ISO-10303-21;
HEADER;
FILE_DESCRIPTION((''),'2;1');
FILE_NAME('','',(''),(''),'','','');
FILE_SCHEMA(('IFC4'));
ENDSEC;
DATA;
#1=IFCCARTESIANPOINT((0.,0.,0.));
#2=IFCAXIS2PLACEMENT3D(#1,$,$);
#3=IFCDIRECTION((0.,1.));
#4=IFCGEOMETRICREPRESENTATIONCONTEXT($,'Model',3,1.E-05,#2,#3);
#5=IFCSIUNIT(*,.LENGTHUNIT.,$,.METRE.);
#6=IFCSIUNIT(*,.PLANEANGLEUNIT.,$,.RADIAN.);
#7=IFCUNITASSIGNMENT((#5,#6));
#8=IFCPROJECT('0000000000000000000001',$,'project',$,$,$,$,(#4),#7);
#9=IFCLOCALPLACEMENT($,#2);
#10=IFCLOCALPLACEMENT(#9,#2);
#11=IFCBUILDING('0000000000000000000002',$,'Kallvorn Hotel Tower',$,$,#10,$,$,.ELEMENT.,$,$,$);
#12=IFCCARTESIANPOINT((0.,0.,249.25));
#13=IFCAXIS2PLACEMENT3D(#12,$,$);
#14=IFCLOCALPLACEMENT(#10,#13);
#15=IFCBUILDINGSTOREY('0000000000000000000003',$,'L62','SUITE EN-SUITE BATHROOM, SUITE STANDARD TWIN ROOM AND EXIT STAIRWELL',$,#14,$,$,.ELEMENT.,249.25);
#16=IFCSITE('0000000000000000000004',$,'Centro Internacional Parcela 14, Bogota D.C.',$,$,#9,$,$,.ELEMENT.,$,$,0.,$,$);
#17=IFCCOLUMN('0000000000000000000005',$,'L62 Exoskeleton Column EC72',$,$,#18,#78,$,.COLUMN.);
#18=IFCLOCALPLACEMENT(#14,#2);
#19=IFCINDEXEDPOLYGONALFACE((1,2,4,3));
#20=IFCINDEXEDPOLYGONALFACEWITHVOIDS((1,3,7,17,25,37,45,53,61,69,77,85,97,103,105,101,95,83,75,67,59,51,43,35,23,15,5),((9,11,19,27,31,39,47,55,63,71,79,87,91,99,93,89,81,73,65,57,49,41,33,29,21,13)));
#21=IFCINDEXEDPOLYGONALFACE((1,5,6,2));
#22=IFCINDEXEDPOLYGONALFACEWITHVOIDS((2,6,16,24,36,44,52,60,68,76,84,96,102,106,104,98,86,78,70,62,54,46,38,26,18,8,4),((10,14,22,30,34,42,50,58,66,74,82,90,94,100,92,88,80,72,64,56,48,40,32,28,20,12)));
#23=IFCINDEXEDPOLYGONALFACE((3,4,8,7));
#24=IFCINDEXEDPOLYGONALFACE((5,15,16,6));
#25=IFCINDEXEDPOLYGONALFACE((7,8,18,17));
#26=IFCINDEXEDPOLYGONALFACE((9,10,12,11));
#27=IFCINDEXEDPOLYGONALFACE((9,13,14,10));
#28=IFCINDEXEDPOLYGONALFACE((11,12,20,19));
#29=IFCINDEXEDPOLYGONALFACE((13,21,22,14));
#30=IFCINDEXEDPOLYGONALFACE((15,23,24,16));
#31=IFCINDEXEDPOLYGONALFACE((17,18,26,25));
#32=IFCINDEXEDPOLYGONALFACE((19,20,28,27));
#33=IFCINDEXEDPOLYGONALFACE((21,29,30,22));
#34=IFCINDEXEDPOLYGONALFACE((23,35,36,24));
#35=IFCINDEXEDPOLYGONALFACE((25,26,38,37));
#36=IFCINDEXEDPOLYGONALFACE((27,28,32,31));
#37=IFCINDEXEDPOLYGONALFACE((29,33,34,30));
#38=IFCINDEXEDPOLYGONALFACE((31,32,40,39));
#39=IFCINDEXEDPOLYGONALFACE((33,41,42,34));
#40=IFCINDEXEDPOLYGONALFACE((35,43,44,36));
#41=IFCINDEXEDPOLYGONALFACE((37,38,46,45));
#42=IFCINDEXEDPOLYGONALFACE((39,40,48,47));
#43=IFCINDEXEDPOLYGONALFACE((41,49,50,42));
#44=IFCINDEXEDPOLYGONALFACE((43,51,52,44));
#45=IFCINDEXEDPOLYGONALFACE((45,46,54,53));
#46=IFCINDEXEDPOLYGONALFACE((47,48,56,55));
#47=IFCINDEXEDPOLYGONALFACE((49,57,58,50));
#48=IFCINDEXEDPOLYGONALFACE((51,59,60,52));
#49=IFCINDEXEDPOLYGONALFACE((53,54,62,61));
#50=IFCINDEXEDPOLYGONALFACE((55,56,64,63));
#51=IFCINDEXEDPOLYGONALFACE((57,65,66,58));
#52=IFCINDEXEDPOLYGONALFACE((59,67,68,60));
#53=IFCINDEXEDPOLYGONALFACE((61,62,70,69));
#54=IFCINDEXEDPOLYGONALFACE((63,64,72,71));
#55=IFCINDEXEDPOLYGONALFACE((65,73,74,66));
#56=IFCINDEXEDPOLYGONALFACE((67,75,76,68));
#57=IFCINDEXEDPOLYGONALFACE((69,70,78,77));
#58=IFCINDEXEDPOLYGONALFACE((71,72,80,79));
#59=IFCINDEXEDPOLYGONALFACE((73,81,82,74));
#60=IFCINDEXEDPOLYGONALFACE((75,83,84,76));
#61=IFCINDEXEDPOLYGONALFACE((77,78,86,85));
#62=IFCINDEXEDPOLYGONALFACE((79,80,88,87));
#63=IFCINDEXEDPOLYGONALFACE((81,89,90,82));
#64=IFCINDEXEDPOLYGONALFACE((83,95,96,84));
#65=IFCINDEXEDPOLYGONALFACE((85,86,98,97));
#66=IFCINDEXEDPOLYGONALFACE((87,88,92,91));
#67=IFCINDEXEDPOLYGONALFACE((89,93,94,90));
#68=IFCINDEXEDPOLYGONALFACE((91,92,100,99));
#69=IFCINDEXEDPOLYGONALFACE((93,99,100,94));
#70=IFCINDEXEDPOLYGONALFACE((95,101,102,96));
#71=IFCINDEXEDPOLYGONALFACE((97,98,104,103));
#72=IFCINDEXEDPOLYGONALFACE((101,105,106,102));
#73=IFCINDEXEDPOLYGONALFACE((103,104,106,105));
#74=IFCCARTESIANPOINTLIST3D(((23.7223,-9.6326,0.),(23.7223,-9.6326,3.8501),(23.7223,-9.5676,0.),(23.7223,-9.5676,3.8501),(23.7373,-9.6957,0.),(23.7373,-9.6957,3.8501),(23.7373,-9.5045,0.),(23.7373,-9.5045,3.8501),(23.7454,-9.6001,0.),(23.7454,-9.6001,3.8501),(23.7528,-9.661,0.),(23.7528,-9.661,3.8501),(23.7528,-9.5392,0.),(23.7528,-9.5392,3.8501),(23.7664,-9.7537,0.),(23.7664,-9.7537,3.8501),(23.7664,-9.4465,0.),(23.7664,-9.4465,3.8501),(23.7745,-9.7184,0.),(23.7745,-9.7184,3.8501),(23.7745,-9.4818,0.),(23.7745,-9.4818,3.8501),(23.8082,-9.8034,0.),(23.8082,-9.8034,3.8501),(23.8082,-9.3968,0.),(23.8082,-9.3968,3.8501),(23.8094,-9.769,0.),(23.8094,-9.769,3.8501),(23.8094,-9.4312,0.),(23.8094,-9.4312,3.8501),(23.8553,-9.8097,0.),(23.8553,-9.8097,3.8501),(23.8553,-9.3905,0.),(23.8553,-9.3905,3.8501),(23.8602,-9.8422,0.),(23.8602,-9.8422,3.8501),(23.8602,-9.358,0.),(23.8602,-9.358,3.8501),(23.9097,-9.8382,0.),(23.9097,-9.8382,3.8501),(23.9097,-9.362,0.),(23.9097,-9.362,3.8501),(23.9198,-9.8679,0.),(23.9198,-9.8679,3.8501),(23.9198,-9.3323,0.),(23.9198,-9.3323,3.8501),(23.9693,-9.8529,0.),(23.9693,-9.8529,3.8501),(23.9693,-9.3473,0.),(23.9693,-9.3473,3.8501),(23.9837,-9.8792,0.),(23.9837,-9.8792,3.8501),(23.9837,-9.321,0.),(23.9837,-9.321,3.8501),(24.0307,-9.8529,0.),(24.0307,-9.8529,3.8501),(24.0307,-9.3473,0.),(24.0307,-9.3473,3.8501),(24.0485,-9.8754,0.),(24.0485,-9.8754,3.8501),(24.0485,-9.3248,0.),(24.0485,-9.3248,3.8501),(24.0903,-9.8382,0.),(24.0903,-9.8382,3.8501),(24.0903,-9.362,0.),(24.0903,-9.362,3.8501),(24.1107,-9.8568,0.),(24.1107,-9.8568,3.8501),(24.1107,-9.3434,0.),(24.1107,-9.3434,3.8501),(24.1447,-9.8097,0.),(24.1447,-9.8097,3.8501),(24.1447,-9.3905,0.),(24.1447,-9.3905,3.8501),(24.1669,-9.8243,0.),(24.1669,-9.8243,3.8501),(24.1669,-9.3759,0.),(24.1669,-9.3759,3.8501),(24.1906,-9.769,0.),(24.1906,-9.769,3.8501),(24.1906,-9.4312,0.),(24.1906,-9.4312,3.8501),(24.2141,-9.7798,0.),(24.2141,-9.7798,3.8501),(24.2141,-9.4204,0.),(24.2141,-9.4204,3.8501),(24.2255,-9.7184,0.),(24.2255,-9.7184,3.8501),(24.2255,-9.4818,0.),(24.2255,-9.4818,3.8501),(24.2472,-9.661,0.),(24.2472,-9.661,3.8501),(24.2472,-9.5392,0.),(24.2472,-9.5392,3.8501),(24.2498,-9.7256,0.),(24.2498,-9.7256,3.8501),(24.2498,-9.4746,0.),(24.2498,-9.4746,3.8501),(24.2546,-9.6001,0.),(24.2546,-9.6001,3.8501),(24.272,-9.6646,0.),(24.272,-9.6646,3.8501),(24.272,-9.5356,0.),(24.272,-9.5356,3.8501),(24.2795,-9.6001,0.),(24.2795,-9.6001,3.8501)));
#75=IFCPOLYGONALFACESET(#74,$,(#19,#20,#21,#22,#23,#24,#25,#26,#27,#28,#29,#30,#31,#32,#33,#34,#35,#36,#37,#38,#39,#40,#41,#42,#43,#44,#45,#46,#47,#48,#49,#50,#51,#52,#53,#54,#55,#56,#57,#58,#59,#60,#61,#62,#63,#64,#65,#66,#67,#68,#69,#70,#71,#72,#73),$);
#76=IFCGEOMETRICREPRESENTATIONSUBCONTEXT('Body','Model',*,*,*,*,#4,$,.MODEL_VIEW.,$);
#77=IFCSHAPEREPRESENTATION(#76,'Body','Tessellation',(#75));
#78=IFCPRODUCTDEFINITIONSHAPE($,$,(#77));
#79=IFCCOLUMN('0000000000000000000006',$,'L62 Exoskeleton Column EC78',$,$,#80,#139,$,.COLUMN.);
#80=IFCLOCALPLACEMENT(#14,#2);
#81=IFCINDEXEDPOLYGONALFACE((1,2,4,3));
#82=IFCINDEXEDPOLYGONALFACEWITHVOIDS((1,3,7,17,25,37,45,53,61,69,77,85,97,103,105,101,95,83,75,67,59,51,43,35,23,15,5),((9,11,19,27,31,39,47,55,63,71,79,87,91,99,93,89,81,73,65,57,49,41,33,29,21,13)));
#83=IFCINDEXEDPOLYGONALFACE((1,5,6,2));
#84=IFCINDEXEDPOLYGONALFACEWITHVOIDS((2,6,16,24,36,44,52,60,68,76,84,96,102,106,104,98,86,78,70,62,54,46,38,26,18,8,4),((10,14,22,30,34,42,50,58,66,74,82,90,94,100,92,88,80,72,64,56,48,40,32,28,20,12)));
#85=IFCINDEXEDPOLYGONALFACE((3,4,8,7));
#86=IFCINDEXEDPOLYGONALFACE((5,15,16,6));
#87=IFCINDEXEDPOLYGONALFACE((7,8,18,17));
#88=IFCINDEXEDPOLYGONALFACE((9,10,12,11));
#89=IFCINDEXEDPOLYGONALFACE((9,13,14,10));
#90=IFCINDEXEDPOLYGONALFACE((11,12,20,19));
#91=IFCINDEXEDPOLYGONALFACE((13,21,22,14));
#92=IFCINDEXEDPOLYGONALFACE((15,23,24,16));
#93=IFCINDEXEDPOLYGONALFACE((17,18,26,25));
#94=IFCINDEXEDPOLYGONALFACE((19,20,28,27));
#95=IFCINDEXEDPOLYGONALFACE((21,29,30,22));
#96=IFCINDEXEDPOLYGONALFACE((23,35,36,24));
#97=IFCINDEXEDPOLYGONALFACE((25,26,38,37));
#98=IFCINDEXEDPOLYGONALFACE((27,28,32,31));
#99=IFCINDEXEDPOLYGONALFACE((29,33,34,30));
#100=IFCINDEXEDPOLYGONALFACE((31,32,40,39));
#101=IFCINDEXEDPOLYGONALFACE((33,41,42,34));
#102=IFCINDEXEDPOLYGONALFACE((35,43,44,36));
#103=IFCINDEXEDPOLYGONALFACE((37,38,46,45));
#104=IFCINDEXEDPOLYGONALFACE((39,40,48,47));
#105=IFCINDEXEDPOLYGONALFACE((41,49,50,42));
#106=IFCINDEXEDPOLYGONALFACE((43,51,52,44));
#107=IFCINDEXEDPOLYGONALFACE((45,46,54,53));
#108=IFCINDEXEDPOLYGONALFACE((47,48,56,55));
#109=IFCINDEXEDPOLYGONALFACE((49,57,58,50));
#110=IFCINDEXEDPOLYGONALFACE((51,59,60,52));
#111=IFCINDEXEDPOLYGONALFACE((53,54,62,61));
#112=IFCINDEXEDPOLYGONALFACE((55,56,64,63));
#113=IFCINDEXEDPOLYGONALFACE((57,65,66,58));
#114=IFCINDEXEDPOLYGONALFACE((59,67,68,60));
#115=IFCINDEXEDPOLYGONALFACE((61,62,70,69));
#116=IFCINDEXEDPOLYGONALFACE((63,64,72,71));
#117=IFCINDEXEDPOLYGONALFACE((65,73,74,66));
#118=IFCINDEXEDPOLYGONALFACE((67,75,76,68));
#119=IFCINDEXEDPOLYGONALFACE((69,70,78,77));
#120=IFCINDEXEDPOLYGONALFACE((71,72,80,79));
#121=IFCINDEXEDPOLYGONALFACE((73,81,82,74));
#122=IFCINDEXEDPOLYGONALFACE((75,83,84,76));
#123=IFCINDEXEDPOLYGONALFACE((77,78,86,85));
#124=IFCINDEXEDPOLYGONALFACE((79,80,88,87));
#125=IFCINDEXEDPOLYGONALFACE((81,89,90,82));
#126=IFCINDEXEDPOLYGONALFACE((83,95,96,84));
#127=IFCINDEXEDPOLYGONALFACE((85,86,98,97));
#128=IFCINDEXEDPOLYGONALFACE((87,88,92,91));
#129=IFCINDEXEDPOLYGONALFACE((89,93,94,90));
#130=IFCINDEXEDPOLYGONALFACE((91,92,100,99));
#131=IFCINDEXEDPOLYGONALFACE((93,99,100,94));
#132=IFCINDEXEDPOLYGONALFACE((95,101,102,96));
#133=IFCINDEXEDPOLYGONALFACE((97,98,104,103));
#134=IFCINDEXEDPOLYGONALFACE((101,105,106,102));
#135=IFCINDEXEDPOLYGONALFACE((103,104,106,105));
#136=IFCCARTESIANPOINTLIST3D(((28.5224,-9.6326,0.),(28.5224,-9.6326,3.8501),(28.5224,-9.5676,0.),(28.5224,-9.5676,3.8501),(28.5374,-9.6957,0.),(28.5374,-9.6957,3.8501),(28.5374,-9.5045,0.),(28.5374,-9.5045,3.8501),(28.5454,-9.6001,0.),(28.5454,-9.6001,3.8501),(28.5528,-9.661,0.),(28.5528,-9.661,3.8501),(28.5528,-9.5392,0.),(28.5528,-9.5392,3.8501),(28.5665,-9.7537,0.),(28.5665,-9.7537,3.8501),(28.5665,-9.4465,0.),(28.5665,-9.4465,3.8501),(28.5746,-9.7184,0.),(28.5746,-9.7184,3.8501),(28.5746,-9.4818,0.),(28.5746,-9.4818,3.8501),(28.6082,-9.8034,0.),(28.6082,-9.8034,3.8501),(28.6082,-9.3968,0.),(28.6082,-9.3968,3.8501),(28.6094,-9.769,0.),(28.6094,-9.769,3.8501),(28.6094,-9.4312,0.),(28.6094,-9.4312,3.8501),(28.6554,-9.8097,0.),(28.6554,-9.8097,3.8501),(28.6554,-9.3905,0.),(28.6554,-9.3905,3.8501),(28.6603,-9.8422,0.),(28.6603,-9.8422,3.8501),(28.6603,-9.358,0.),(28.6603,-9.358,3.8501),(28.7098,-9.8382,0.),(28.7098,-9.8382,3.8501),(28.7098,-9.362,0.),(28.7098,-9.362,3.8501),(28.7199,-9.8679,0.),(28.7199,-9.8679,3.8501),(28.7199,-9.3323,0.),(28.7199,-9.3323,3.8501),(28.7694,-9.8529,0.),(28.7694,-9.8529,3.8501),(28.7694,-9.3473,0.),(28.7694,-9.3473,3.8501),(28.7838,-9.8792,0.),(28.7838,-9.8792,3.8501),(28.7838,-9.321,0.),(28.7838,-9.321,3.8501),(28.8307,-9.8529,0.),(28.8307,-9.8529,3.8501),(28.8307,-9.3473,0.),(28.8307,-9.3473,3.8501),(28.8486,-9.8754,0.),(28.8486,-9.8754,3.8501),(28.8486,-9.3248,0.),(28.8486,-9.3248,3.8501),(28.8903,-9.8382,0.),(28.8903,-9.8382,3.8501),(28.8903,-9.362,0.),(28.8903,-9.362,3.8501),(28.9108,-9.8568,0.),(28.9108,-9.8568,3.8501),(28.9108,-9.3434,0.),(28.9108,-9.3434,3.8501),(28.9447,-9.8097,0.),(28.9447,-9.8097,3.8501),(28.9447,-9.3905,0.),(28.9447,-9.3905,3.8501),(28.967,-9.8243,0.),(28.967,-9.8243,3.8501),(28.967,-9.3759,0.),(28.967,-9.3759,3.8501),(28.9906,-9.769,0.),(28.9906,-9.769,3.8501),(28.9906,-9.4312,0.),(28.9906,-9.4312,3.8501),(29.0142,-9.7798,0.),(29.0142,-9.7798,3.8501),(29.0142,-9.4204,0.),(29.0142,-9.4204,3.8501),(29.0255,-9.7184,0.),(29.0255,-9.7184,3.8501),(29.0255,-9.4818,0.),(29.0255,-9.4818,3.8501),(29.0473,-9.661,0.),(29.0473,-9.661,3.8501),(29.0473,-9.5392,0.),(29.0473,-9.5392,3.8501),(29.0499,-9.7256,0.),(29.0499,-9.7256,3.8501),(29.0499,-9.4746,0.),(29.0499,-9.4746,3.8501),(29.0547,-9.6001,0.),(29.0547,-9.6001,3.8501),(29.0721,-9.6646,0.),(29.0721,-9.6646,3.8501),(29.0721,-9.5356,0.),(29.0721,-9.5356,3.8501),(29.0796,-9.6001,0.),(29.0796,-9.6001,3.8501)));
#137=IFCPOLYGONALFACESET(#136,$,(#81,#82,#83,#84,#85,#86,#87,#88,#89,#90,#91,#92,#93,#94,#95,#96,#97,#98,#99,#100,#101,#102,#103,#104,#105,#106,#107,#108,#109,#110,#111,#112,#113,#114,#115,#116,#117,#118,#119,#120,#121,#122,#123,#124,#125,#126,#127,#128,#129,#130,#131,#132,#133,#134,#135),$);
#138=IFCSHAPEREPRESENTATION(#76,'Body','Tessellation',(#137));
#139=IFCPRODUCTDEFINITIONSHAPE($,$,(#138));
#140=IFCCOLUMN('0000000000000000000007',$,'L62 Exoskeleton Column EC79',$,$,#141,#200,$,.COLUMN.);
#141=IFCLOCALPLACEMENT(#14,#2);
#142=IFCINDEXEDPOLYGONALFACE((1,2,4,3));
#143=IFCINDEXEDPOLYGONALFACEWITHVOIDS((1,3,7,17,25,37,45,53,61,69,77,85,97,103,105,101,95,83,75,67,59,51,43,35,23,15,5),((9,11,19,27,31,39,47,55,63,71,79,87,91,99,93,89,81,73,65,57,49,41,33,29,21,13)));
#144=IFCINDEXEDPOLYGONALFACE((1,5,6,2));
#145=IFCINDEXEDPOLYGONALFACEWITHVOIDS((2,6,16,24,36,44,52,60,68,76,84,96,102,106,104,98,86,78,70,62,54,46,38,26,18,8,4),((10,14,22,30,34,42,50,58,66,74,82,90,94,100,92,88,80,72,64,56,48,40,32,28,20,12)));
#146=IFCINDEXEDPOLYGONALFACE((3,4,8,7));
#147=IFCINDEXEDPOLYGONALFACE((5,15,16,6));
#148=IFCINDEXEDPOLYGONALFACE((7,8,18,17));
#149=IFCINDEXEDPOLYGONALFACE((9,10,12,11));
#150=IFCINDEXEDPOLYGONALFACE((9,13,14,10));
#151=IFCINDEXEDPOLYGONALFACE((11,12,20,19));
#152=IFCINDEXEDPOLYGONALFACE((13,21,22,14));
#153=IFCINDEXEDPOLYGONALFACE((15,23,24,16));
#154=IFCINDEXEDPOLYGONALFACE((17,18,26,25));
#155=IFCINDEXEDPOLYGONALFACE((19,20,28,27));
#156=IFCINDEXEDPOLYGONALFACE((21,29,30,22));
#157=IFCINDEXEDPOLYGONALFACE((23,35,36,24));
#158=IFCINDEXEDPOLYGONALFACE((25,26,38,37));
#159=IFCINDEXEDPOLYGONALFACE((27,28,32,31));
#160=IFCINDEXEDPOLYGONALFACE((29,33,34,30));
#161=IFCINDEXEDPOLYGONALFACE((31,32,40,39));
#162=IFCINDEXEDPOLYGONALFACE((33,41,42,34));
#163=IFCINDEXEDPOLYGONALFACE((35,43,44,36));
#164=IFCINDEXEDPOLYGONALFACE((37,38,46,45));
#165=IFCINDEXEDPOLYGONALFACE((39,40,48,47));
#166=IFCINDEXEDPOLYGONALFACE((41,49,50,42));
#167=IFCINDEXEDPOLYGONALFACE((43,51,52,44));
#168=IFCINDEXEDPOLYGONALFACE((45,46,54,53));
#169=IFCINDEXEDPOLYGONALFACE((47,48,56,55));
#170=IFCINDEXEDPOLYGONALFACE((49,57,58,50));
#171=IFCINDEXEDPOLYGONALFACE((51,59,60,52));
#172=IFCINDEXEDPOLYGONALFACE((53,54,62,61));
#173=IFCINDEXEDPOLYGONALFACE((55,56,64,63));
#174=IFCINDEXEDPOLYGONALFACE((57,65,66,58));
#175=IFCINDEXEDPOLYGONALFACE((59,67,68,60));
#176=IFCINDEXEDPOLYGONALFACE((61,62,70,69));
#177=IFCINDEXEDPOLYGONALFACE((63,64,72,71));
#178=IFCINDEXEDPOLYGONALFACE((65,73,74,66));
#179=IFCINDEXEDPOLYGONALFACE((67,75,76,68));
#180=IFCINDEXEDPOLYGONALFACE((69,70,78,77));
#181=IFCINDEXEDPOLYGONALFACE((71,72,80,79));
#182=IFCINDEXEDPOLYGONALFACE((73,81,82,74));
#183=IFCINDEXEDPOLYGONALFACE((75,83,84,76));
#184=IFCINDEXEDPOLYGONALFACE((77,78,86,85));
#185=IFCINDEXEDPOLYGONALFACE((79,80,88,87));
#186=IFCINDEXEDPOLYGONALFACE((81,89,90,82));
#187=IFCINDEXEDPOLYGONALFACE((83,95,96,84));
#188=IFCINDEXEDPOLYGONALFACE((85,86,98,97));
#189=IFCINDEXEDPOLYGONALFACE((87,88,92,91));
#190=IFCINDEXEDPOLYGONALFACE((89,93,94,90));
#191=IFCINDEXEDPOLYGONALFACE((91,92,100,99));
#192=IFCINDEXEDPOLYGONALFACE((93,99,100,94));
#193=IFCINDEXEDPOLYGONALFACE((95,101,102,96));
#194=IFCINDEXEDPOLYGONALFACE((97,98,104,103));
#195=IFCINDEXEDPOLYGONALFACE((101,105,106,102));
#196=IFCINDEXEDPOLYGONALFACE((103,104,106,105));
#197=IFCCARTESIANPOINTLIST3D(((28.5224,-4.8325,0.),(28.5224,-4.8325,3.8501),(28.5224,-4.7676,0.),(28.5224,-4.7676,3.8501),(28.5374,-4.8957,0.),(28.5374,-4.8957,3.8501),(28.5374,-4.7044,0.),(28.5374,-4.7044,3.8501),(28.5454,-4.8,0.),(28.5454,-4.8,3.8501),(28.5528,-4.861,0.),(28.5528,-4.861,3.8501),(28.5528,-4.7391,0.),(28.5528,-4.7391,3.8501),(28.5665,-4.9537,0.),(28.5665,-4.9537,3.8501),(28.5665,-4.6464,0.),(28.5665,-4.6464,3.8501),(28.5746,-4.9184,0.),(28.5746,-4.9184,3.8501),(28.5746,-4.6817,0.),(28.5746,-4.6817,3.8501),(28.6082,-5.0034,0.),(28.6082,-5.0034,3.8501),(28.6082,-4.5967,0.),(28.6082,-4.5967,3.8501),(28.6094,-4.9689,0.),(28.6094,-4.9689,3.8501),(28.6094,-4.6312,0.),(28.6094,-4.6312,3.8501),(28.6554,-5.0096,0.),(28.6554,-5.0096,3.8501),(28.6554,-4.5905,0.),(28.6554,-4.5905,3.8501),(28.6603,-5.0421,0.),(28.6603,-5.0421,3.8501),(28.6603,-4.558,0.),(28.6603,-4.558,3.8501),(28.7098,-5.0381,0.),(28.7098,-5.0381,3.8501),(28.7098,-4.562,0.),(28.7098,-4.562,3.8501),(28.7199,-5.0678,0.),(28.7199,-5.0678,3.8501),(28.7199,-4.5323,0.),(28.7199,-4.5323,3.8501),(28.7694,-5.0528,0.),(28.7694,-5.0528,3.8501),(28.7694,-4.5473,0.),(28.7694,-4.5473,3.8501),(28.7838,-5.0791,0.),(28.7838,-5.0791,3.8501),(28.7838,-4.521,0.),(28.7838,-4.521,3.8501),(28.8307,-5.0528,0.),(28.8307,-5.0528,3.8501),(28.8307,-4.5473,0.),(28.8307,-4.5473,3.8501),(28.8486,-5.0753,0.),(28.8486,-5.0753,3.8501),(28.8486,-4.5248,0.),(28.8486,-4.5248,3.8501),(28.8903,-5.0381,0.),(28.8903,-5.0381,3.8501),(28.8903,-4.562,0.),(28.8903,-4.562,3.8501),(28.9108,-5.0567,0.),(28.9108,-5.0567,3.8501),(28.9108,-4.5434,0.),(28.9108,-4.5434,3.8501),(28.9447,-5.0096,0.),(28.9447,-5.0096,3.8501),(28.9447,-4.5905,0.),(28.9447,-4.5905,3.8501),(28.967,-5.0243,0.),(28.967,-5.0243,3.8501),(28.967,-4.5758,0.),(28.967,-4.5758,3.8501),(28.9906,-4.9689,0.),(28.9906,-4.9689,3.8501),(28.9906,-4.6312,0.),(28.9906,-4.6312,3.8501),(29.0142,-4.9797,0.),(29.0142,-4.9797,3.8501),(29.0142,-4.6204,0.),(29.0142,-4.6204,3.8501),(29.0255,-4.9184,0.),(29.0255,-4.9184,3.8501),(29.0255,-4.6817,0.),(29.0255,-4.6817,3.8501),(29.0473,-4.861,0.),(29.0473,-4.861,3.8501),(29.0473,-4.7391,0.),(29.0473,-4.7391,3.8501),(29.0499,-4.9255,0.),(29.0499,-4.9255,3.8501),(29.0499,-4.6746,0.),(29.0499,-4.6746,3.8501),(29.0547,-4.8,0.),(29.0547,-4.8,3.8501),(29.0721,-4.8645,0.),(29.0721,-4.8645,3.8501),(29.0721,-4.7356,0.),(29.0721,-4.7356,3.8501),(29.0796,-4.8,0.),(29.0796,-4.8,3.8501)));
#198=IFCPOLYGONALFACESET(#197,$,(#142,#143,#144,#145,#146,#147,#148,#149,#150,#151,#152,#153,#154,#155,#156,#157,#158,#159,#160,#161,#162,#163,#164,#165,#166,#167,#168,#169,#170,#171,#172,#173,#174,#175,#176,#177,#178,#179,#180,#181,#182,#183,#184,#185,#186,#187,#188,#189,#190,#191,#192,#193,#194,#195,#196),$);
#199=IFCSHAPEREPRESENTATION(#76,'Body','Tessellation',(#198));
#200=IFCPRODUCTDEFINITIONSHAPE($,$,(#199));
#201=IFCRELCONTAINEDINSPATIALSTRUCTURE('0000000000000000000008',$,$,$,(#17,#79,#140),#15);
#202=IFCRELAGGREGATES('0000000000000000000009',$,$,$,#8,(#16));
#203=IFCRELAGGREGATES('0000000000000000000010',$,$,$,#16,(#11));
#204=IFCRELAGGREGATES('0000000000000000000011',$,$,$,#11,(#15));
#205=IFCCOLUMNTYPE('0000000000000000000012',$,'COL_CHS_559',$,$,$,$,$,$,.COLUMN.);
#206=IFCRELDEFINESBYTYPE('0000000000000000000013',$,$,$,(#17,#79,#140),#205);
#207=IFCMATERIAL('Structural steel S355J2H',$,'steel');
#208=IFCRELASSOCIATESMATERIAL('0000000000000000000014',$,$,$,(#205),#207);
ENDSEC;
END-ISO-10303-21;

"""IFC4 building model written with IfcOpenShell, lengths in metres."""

from ifc_helpers import new_model, si_unit, direction, frame, origin, origin_2d, place, context, subcontext, project, spatial, hollow_circle, extrude, material, material_profile, profile_set, type_object, element, save


model = new_model("IFC4")

# Units and contexts
model_context = context("Model", 3, precision=1e-05, world=origin(), true_north=direction((0.0, 1.0)))
body_context = subcontext(model_context, "Body", "Model", "MODEL_VIEW")
ifc_project = project(units=[si_unit("LENGTHUNIT", "METRE"), si_unit("PLANEANGLEUNIT", "RADIAN")], contexts=[model_context])

# Site, building, storey
site_placement = place(None, origin())
site = spatial("IfcSite", under=ifc_project, at=site_placement, Name="Centro Internacional Parcela 14, Bogota D.C.", CompositionType="ELEMENT", RefElevation=0.0)
building_placement = place(site_placement, origin())
building = spatial("IfcBuilding", under=site, at=building_placement, Name="Kallvorn Hotel Tower", CompositionType="ELEMENT")
storey_placement = place(building_placement, frame((0.0, 0.0, 249.25)))
storey = spatial("IfcBuildingStorey", under=building, at=storey_placement, Name="L62", Description="SUITE EN-SUITE BATHROOM, SUITE STANDARD TWIN ROOM AND EXIT STAIRWELL", CompositionType="ELEMENT", Elevation=249.25)

# Columns
ifc_material_1 = material(Name="Structural steel S355J2H", Category="steel")
ifc_material_profile_1 = material_profile(ifc_material_1, hollow_circle(Radius=0.2795, WallThickness=0.0249, at=origin_2d()), Name="CHS 559x25")
ifc_profile_set_1 = profile_set([ifc_material_profile_1], Name="Structural steel S355J2H")
column_type_1 = type_object("IfcColumnType", Name="COL_CHS_559", PredefinedType="COLUMN", material=ifc_profile_set_1)
for number, where, z_axis, x_axis, name in (
    (1, (24.0, -9.6001, 0.0), (0.0, 0.0, 1.0), (1.0, 0.0, 0.0), "L62 Exoskeleton Column EC72"),
    (2, (28.8, -9.6001, 0.0), (0.0, 0.0, 1.0), (1.0, 0.0, 0.0), "L62 Exoskeleton Column EC78"),
    (3, (28.8, -4.8, 0.0), (0.0, 0.0, 1.0), (1.0, 0.0, 0.0), "L62 Exoskeleton Column EC79"),
):
    element("IfcColumn", number, at=place(storey_placement, frame(where, z_axis=z_axis, x_axis=x_axis)), inside=storey, type_object=column_type_1, Name=name, PredefinedType="COLUMN", context=body_context, shape_type="SweptSolid", body=[
        extrude(hollow_circle(Radius=0.2795, WallThickness=0.0249, at=origin_2d()), origin(), (0.0, 0.0, 1.0), 3.8501),
    ])

save(model, "model.ifc")
